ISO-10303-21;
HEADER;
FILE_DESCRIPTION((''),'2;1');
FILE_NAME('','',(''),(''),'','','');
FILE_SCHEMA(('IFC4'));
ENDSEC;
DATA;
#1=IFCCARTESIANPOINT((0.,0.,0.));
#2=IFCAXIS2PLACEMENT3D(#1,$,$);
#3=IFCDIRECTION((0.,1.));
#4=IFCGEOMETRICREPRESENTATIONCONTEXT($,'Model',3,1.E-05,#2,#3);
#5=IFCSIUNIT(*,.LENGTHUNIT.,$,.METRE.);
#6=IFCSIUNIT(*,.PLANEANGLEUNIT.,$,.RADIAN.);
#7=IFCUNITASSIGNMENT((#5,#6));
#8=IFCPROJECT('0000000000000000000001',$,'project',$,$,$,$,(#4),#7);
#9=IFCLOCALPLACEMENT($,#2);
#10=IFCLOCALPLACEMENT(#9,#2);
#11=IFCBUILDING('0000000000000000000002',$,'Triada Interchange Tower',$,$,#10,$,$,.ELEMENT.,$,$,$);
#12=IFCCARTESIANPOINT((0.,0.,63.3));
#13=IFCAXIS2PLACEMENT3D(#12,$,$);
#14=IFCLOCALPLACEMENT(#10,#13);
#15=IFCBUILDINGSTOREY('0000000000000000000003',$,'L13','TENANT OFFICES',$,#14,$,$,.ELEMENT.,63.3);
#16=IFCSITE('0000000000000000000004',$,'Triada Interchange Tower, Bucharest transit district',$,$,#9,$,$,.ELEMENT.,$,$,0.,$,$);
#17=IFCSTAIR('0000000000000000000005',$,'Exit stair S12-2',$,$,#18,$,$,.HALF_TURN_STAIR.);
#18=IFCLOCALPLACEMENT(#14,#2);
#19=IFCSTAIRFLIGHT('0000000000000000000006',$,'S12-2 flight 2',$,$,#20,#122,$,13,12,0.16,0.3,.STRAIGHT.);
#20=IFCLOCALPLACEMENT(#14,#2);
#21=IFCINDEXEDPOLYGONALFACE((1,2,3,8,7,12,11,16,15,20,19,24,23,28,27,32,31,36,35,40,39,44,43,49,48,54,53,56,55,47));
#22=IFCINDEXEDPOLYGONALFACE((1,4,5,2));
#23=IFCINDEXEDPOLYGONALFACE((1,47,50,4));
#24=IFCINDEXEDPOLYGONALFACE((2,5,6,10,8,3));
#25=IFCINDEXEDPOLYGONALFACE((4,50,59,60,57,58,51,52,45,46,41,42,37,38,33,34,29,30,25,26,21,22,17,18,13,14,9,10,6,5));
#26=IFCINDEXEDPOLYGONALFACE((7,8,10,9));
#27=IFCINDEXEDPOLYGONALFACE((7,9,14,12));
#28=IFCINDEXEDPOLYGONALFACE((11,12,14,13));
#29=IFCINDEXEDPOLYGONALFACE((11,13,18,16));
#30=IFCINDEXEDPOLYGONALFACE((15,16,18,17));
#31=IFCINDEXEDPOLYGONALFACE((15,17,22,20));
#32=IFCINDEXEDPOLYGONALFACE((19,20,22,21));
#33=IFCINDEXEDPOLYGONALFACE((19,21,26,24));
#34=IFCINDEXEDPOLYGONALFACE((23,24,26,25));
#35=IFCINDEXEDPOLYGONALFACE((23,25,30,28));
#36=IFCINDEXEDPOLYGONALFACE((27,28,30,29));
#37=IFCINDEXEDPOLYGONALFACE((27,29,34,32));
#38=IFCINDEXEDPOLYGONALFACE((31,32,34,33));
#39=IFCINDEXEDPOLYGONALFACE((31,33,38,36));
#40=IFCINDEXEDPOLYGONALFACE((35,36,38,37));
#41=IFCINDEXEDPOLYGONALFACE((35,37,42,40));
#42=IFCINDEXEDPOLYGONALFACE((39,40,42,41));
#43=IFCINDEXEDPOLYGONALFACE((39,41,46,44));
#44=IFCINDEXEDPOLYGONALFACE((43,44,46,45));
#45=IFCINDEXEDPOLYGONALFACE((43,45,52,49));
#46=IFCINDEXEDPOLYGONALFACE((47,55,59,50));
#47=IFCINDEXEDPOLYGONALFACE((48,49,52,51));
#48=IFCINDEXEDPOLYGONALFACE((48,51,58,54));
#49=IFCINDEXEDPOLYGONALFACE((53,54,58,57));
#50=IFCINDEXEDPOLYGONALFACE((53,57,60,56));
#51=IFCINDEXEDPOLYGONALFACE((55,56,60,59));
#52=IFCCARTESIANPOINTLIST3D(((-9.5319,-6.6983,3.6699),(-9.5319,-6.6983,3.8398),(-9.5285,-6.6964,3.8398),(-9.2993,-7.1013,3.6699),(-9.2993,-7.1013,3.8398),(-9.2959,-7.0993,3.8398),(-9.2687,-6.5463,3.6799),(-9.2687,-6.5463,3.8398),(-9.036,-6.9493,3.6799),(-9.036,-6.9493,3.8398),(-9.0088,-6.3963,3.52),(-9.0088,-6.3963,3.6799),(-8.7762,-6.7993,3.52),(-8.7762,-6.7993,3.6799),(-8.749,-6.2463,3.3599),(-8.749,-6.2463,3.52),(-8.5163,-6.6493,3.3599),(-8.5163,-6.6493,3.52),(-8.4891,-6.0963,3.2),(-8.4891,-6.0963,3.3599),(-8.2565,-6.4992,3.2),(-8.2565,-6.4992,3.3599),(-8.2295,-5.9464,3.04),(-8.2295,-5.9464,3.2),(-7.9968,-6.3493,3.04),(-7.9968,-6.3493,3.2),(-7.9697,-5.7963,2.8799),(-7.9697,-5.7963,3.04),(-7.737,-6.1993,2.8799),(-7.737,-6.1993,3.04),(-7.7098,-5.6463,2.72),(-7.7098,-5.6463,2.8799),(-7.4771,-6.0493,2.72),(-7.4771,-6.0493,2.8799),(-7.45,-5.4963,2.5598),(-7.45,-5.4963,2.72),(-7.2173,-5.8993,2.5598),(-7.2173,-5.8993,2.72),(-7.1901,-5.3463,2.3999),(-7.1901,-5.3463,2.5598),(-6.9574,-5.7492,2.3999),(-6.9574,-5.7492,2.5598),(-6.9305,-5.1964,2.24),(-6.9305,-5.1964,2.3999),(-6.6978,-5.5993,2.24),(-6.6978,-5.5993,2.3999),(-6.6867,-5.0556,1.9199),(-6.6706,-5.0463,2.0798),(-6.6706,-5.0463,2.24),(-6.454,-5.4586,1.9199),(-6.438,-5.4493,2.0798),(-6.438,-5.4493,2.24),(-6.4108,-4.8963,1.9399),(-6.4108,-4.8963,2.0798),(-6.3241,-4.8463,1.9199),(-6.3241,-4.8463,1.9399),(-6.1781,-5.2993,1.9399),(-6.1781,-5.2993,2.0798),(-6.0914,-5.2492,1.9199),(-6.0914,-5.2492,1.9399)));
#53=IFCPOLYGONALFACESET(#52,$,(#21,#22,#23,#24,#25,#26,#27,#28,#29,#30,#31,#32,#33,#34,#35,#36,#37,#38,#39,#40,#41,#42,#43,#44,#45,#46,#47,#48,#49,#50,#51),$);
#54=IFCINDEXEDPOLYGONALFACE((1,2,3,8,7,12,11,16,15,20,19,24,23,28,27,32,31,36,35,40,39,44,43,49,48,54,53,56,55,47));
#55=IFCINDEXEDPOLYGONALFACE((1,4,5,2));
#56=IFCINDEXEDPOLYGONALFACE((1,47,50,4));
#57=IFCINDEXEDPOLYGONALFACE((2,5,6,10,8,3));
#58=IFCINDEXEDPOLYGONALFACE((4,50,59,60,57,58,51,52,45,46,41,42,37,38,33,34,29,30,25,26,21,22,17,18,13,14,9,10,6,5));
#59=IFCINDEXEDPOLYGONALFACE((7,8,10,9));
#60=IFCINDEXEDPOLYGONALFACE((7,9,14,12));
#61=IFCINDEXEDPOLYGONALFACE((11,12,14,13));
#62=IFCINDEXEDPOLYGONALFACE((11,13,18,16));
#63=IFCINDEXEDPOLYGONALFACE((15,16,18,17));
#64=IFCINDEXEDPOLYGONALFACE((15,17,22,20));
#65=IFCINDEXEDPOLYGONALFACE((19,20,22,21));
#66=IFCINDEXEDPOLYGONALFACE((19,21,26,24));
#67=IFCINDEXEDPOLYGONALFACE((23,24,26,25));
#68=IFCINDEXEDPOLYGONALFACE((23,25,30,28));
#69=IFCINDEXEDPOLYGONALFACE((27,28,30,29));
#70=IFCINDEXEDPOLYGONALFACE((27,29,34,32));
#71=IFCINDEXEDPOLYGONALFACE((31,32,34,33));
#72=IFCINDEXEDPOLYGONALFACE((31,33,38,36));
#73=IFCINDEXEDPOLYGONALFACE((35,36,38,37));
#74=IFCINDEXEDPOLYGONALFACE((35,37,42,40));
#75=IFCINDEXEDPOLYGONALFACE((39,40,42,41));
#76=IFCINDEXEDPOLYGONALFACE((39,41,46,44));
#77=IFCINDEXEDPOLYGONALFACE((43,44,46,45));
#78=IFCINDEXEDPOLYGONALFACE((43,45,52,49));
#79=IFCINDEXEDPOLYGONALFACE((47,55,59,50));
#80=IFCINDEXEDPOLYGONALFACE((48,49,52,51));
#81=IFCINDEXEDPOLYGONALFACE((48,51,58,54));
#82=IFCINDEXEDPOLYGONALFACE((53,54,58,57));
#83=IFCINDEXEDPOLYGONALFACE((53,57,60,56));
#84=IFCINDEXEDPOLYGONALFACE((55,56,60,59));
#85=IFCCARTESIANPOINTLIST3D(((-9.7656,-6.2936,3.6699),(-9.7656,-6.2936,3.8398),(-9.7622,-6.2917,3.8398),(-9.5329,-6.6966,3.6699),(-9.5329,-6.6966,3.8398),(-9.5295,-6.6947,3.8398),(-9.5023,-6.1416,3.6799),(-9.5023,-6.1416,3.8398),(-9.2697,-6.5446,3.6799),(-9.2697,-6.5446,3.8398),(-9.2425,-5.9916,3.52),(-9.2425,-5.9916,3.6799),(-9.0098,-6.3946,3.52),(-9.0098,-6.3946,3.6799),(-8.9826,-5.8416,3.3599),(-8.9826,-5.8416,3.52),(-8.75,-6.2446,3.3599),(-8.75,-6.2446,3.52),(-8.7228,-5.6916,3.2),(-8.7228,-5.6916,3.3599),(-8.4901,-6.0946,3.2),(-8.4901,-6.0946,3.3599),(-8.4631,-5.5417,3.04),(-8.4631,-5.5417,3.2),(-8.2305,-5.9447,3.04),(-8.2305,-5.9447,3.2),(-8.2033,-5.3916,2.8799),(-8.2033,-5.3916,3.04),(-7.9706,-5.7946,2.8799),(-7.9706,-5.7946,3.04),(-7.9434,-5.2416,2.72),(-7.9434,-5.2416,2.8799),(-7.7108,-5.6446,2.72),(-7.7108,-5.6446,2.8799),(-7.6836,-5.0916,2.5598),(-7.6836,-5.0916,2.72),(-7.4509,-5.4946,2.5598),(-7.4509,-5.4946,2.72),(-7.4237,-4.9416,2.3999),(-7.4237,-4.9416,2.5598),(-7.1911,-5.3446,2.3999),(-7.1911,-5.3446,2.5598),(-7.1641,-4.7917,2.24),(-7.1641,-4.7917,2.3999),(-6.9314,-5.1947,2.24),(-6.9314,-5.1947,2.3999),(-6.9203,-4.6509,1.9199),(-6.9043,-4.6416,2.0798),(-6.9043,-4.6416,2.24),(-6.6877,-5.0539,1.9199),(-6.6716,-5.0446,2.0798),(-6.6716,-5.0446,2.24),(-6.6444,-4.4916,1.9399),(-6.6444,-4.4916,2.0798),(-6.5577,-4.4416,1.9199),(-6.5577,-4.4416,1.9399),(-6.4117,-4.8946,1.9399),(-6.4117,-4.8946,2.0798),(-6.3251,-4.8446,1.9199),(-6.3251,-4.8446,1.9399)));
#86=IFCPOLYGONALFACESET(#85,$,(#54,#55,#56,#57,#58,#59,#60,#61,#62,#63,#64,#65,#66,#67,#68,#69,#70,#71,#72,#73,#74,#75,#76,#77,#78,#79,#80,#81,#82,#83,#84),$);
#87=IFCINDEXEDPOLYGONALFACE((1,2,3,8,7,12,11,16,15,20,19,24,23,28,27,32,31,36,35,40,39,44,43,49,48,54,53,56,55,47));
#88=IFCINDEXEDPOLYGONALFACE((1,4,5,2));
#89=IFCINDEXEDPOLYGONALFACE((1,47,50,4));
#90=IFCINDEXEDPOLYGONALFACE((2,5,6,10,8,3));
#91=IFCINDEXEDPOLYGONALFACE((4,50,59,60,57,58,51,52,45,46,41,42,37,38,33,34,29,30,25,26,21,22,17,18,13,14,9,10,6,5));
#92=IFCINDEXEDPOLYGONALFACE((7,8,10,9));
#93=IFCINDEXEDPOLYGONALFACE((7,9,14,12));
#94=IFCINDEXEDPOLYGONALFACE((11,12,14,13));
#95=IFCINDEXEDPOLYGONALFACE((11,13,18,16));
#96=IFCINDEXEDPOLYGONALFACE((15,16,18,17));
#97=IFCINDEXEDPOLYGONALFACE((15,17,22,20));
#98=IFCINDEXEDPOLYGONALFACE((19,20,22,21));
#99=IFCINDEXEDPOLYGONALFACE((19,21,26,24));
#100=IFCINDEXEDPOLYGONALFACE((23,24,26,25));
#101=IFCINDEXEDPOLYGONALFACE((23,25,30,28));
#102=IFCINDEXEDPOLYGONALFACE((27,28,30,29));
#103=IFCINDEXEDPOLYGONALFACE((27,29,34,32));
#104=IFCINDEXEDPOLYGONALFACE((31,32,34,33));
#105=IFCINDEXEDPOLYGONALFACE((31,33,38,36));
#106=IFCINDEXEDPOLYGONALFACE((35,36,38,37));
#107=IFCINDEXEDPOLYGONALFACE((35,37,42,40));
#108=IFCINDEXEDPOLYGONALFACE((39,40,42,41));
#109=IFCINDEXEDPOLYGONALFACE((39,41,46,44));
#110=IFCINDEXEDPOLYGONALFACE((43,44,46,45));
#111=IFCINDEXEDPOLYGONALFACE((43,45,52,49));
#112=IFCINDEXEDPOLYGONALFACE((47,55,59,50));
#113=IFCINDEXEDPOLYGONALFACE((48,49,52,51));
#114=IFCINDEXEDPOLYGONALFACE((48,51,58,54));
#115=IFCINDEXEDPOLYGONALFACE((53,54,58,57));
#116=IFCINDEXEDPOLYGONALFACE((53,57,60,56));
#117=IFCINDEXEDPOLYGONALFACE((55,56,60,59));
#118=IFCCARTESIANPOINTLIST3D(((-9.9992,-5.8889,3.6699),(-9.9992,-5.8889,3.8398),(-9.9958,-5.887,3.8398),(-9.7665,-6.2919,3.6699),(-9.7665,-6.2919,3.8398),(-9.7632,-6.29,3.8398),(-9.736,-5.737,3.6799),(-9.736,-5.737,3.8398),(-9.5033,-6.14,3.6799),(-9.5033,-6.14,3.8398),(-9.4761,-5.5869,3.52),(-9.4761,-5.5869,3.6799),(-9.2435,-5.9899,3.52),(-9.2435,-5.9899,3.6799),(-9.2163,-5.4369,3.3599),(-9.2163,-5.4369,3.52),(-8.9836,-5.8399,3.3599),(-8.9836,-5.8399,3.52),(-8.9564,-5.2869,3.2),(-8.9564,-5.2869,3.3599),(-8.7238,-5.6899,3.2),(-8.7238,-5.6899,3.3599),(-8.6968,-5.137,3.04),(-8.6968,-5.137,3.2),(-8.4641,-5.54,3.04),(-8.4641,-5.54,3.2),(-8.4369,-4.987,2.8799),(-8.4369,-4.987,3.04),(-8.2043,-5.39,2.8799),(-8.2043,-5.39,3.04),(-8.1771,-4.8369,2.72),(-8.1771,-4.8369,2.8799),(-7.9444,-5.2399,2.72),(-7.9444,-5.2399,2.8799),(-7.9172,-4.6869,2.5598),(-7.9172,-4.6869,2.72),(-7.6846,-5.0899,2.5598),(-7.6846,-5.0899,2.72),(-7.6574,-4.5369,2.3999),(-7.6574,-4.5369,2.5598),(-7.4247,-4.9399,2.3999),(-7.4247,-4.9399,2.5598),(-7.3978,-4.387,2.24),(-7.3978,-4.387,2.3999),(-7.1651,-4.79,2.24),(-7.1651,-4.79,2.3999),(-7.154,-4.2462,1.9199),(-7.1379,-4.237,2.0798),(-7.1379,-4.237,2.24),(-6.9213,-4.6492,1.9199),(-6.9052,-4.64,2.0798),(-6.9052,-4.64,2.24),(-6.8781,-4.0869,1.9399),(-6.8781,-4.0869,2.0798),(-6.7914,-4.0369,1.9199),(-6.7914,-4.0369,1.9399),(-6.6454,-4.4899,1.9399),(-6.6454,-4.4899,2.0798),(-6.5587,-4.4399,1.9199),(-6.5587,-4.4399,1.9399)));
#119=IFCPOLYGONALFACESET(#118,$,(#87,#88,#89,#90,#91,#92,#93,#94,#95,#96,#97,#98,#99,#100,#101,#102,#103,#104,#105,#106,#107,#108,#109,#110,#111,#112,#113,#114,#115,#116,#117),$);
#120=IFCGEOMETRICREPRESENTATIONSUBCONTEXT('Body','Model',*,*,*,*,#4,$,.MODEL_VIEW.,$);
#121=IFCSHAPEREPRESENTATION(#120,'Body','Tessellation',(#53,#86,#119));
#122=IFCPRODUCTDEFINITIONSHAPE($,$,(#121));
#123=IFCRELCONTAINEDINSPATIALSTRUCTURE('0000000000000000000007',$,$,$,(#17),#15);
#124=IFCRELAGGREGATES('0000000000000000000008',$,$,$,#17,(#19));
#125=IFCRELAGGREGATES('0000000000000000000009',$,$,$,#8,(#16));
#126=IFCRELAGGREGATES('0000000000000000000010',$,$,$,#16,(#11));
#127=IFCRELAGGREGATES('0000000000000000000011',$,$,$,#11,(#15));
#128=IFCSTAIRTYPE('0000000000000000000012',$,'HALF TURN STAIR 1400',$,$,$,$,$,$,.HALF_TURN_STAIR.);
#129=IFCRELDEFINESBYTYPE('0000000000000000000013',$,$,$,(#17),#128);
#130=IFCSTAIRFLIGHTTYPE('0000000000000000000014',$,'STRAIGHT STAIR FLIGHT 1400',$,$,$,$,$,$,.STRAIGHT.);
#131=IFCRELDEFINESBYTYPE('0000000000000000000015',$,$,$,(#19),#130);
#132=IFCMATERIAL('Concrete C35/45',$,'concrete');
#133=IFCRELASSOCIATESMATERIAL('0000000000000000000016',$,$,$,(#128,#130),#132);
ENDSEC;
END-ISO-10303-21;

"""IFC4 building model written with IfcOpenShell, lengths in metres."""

from ifc_helpers import new_model, si_unit, direction, frame, origin, place, context, subcontext, project, spatial, polyline, outline, extrude, material, type_object, element, aggregate, save


model = new_model("IFC4")

# Units and contexts
model_context = context("Model", 3, precision=1e-05, world=origin(), true_north=direction((0.0, 1.0)))
body_context = subcontext(model_context, "Body", "Model", "MODEL_VIEW")
ifc_project = project(units=[si_unit("LENGTHUNIT", "METRE"), si_unit("PLANEANGLEUNIT", "RADIAN")], contexts=[model_context])

# Site, building, storey
site_placement = place(None, origin())
site = spatial("IfcSite", under=ifc_project, at=site_placement, Name="Triada Interchange Tower, Bucharest transit district", CompositionType="ELEMENT", RefElevation=0.0)
building_placement = place(site_placement, origin())
building = spatial("IfcBuilding", under=site, at=building_placement, Name="Triada Interchange Tower", CompositionType="ELEMENT")
storey_placement = place(building_placement, frame((0.0, 0.0, 63.3)))
storey = spatial("IfcBuildingStorey", under=building, at=storey_placement, Name="L13", Description="TENANT OFFICES", CompositionType="ELEMENT", Elevation=63.3)

# Stair, stair flight
ifc_material_1 = material(Name="Concrete C35/45", Category="concrete")
stair_type = type_object("IfcStairType", Name="HALF TURN STAIR 1400", PredefinedType="HALF_TURN_STAIR", material=ifc_material_1)
stair_placement = place(storey_placement, origin())
stair = element("IfcStair", 1, at=stair_placement, inside=storey, type_object=stair_type, Name="Exit stair S12-2", PredefinedType="HALF_TURN_STAIR")
stair_flight_type = type_object("IfcStairFlightType", Name="STRAIGHT STAIR FLIGHT 1400", PredefinedType="STRAIGHT", material=ifc_material_1)
stair_flight_1_placement = place(storey_placement, frame((-6.5281, -4.6931, 1.9199), z_axis=(0.0, 0.0, 1.0), x_axis=(-0.866025, -0.5, 0.0)))
stair_flight_1 = element("IfcStairFlight", 2, at=stair_flight_1_placement, type_object=stair_flight_type, Name="S12-2 flight 2", NumberOfRisers=13, NumberOfTreads=12, PredefinedType="STRAIGHT", RiserHeight=0.16, TreadLength=0.3, context=body_context, shape_type="SweptSolid", body=[
    extrude(outline(polyline([(-0.1001, 0.0), (-0.1001, 0.02), (0.0, 0.02), (0.0, 0.1599), (0.3, 0.1599), (0.3, 0.3201), (0.6001, 0.3201), (0.6001, 0.48), (0.8999, 0.48), (0.8999, 0.6399), (1.2, 0.6399), (1.2, 0.8), (1.5, 0.8), (1.5, 0.96), (1.8, 0.96), (1.8, 1.1201), (2.1001, 1.1201), (2.1001, 1.28), (2.3999, 1.28), (2.3999, 1.4399), (2.7, 1.4399), (2.7, 1.6001), (3.0, 1.6001), (3.0, 1.76), (3.3, 1.76), (3.3, 1.9199), (3.6001, 1.9199), (3.604, 1.9199), (3.604, 2.0801), (3.604, 1.75), (0.3186, 0.0), (-0.1001, 0.0)])), frame((0.0, 0.7, 0.0), z_axis=(0.0, -1.0, 0.0), x_axis=(1.0, 0.0, 0.0)), (0.0, 0.0, 1.0), 0.4653),
    extrude(outline(polyline([(-0.1001, 0.0), (-0.1001, 0.02), (0.0, 0.02), (0.0, 0.1599), (0.3, 0.1599), (0.3, 0.3201), (0.6001, 0.3201), (0.6001, 0.48), (0.8999, 0.48), (0.8999, 0.6399), (1.2, 0.6399), (1.2, 0.8), (1.5, 0.8), (1.5, 0.96), (1.8, 0.96), (1.8, 1.1201), (2.1001, 1.1201), (2.1001, 1.28), (2.3999, 1.28), (2.3999, 1.4399), (2.7, 1.4399), (2.7, 1.6001), (3.0, 1.6001), (3.0, 1.76), (3.3, 1.76), (3.3, 1.9199), (3.6001, 1.9199), (3.604, 1.9199), (3.604, 2.0801), (3.604, 1.75), (0.3186, 0.0), (-0.1001, 0.0)])), frame((0.0, 0.2327, 0.0), z_axis=(0.0, -1.0, 0.0), x_axis=(1.0, 0.0, 0.0)), (0.0, 0.0, 1.0), 0.4653),
    extrude(outline(polyline([(-0.1001, 0.0), (-0.1001, 0.02), (0.0, 0.02), (0.0, 0.1599), (0.3, 0.1599), (0.3, 0.3201), (0.6001, 0.3201), (0.6001, 0.48), (0.8999, 0.48), (0.8999, 0.6399), (1.2, 0.6399), (1.2, 0.8), (1.5, 0.8), (1.5, 0.96), (1.8, 0.96), (1.8, 1.1201), (2.1001, 1.1201), (2.1001, 1.28), (2.3999, 1.28), (2.3999, 1.4399), (2.7, 1.4399), (2.7, 1.6001), (3.0, 1.6001), (3.0, 1.76), (3.3, 1.76), (3.3, 1.9199), (3.6001, 1.9199), (3.604, 1.9199), (3.604, 2.0801), (3.604, 1.75), (0.3186, 0.0), (-0.1001, 0.0)])), frame((0.0, -0.2346, 0.0), z_axis=(0.0, -1.0, 0.0), x_axis=(1.0, 0.0, 0.0)), (0.0, 0.0, 1.0), 0.4653),
])
aggregate(stair, [stair_flight_1])

save(model, "model.ifc")
